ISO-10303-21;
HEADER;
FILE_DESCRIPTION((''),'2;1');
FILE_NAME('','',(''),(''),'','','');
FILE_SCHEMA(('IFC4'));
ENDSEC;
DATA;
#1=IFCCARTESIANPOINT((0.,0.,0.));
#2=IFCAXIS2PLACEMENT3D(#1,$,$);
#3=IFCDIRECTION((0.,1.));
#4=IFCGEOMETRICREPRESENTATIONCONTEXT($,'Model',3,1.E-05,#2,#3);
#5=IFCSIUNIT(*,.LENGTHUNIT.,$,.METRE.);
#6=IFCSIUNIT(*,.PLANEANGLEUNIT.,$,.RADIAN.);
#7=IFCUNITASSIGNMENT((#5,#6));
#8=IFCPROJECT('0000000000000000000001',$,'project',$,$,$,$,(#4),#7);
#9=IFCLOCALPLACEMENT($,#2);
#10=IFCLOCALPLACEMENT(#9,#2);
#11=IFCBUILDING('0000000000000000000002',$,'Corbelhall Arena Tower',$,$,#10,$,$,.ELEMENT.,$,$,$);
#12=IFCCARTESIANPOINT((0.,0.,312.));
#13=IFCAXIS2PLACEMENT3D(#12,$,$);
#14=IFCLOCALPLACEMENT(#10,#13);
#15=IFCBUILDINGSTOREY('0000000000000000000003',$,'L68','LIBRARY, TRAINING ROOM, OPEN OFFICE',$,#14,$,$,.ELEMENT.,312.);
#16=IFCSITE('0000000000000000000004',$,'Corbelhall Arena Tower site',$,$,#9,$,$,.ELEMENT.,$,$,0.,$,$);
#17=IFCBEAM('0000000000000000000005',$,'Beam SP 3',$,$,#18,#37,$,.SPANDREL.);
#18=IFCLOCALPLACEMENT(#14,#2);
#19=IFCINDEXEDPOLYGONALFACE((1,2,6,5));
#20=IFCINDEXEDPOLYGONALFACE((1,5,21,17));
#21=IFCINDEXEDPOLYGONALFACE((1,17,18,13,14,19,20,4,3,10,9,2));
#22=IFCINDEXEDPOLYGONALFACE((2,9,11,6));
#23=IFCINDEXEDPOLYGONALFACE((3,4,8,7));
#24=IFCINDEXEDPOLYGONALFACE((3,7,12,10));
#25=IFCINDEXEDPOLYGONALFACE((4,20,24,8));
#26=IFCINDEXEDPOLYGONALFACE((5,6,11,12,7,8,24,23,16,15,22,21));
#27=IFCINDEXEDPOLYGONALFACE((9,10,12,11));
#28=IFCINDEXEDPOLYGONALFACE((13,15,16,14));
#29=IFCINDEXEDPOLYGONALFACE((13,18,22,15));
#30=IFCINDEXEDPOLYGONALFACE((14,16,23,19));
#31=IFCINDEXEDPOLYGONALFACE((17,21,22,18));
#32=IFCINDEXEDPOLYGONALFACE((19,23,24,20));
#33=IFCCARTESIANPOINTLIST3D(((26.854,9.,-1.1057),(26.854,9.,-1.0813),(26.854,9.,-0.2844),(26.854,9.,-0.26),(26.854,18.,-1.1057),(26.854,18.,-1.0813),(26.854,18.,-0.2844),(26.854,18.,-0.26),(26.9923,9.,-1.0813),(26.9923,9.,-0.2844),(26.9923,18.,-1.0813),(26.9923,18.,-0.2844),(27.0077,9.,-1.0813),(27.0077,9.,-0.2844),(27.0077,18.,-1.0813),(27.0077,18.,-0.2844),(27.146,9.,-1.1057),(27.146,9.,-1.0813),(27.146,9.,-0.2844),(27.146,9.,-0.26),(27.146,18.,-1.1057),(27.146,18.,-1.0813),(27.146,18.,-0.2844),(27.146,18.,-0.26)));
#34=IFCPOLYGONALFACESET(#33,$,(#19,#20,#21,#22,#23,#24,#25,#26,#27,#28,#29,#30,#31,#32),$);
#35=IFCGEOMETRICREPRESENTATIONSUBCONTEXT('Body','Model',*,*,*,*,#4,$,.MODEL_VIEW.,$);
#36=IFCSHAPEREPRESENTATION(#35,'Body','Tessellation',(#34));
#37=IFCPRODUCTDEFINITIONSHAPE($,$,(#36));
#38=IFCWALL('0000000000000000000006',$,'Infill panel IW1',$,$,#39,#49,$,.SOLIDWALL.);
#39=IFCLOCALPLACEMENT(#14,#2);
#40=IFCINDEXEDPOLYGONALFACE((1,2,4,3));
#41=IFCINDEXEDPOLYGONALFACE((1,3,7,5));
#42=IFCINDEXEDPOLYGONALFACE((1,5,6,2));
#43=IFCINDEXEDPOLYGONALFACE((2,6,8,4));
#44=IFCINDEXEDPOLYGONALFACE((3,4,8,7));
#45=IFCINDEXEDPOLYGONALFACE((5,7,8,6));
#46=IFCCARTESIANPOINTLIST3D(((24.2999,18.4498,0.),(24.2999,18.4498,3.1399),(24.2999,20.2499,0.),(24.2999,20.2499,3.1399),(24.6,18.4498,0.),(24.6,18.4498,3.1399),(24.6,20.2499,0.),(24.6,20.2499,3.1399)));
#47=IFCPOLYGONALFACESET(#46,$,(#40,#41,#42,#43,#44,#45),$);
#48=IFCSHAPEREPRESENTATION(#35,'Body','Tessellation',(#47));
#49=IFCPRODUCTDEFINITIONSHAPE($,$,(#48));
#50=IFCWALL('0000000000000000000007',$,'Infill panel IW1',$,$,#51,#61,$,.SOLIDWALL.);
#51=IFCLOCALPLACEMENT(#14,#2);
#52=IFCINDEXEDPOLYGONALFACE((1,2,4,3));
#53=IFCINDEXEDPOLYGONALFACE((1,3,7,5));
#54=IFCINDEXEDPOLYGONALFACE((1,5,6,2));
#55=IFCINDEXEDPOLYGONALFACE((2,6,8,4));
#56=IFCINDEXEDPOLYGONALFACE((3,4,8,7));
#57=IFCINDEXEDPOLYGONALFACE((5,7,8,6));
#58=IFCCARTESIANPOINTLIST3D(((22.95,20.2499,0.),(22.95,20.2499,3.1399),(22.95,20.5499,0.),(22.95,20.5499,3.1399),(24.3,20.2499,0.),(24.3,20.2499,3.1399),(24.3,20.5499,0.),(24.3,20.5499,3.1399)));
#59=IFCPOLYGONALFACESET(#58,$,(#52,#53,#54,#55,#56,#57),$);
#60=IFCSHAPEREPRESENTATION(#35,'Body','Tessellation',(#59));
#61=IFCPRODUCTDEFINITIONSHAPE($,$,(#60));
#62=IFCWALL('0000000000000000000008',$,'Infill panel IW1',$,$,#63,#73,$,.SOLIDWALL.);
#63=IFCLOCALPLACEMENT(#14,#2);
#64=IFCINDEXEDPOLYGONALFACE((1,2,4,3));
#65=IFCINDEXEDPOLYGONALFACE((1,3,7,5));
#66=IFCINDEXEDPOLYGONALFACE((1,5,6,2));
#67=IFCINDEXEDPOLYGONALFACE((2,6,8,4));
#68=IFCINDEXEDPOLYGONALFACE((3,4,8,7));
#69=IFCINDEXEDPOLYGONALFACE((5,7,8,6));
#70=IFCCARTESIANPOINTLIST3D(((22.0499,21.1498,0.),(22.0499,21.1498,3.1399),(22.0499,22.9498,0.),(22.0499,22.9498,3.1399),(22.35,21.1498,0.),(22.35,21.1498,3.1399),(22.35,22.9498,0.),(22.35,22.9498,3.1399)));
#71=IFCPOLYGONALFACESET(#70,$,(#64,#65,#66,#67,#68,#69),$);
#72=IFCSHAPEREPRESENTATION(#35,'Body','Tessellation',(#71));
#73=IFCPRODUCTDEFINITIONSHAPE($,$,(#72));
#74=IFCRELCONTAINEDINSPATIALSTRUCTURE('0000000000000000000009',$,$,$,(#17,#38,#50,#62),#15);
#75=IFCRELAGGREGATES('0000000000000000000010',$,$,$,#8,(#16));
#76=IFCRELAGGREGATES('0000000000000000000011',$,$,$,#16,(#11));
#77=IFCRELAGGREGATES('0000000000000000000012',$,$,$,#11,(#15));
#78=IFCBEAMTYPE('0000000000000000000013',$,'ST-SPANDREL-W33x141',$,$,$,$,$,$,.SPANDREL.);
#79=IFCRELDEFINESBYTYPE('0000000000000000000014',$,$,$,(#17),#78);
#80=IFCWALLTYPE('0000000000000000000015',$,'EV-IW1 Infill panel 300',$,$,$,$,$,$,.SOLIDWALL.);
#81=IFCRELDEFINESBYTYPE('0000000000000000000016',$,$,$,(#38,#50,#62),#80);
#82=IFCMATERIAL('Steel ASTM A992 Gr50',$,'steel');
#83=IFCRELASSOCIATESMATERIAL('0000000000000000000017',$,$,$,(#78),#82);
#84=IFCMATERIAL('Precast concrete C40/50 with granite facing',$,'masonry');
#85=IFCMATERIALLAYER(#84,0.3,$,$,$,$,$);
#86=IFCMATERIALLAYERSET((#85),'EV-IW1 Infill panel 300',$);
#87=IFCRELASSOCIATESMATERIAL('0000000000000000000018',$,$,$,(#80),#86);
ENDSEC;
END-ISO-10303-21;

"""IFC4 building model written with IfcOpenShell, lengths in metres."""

from ifc_helpers import new_model, si_unit, direction, frame, frame_2d, origin, origin_2d, place, context, subcontext, project, spatial, rectangle, i_section, extrude, material, layer, layer_set, material_profile, profile_set, type_object, element, save


model = new_model("IFC4")

# Units and contexts
model_context = context("Model", 3, precision=1e-05, world=origin(), true_north=direction((0.0, 1.0)))
body_context = subcontext(model_context, "Body", "Model", "MODEL_VIEW")
ifc_project = project(units=[si_unit("LENGTHUNIT", "METRE"), si_unit("PLANEANGLEUNIT", "RADIAN")], contexts=[model_context])

# Site, building, storey
site_placement = place(None, origin())
site = spatial("IfcSite", under=ifc_project, at=site_placement, Name="Corbelhall Arena Tower site", CompositionType="ELEMENT", RefElevation=0.0)
building_placement = place(site_placement, origin())
building = spatial("IfcBuilding", under=site, at=building_placement, Name="Corbelhall Arena Tower", CompositionType="ELEMENT")
storey_placement = place(building_placement, frame((0.0, 0.0, 312.0)))
storey = spatial("IfcBuildingStorey", under=building, at=storey_placement, Name="L68", Description="LIBRARY, TRAINING ROOM, OPEN OFFICE", CompositionType="ELEMENT", Elevation=312.0)

# Beam
ifc_material_1 = material(Name="Steel ASTM A992 Gr50", Category="steel")
ifc_material_profile_1 = material_profile(ifc_material_1, i_section(OverallWidth=0.292, OverallDepth=0.8457, WebThickness=0.0154, FlangeThickness=0.0244, at=origin_2d()))
ifc_profile_set_1 = profile_set([ifc_material_profile_1], Name="Steel ASTM A992 Gr50")
beam_type_1 = type_object("IfcBeamType", Name="ST-SPANDREL-W33x141", PredefinedType="SPANDREL", material=ifc_profile_set_1)
beam_1_placement = place(storey_placement, frame((27.0, 18.0, -0.6829), z_axis=(0.0, -1.0, 0.0), x_axis=(1.0, 0.0, 0.0)))
element("IfcBeam", 1, at=beam_1_placement, inside=storey, type_object=beam_type_1, Name="Beam SP 3", PredefinedType="SPANDREL", context=body_context, shape_type="SweptSolid", body=[
    extrude(i_section(OverallWidth=0.292, OverallDepth=0.8457, WebThickness=0.0154, FlangeThickness=0.0244, at=origin_2d()), origin(), (0.0, 0.0, 1.0), 9.0),
])

# Walls
ifc_material_2 = material(Name="Precast concrete C40/50 with granite facing", Category="masonry")
ifc_layer_1 = layer(ifc_material_2, 0.3)
ifc_layer_set_1 = layer_set([ifc_layer_1], Name="EV-IW1 Infill panel 300")
wall_type_1 = type_object("IfcWallType", Name="EV-IW1 Infill panel 300", PredefinedType="SOLIDWALL", material=ifc_layer_set_1)
wall_1_placement = place(storey_placement, frame((24.45, 18.45, 0.0), z_axis=(0.0, 0.0, 1.0), x_axis=(0.0, 1.0, 0.0)))
element("IfcWall", 2, at=wall_1_placement, inside=storey, type_object=wall_type_1, Name="Infill panel IW1", PredefinedType="SOLIDWALL", context=body_context, shape_type="SweptSolid", body=[
    extrude(rectangle(XDim=1.8, YDim=0.3, at=frame_2d((0.8999, 0.0))), origin(), (0.0, 0.0, 1.0), 3.1399),
])
wall_2_placement = place(storey_placement, frame((24.3, 20.3999, 0.0), z_axis=(0.0, 0.0, 1.0), x_axis=(-1.0, 0.0, 0.0)))
element("IfcWall", 3, at=wall_2_placement, inside=storey, type_object=wall_type_1, Name="Infill panel IW1", PredefinedType="SOLIDWALL", context=body_context, shape_type="SweptSolid", body=[
    extrude(rectangle(XDim=1.3501, YDim=0.3, at=frame_2d((0.675, 0.0))), origin(), (0.0, 0.0, 1.0), 3.1399),
])
wall_3_placement = place(storey_placement, frame((22.2, 21.1499, 0.0), z_axis=(0.0, 0.0, 1.0), x_axis=(0.0, 1.0, 0.0)))
element("IfcWall", 4, at=wall_3_placement, inside=storey, type_object=wall_type_1, Name="Infill panel IW1", PredefinedType="SOLIDWALL", context=body_context, shape_type="SweptSolid", body=[
    extrude(rectangle(XDim=1.8, YDim=0.3, at=frame_2d((0.8999, 0.0))), origin(), (0.0, 0.0, 1.0), 3.1399),
])

save(model, "model.ifc")
